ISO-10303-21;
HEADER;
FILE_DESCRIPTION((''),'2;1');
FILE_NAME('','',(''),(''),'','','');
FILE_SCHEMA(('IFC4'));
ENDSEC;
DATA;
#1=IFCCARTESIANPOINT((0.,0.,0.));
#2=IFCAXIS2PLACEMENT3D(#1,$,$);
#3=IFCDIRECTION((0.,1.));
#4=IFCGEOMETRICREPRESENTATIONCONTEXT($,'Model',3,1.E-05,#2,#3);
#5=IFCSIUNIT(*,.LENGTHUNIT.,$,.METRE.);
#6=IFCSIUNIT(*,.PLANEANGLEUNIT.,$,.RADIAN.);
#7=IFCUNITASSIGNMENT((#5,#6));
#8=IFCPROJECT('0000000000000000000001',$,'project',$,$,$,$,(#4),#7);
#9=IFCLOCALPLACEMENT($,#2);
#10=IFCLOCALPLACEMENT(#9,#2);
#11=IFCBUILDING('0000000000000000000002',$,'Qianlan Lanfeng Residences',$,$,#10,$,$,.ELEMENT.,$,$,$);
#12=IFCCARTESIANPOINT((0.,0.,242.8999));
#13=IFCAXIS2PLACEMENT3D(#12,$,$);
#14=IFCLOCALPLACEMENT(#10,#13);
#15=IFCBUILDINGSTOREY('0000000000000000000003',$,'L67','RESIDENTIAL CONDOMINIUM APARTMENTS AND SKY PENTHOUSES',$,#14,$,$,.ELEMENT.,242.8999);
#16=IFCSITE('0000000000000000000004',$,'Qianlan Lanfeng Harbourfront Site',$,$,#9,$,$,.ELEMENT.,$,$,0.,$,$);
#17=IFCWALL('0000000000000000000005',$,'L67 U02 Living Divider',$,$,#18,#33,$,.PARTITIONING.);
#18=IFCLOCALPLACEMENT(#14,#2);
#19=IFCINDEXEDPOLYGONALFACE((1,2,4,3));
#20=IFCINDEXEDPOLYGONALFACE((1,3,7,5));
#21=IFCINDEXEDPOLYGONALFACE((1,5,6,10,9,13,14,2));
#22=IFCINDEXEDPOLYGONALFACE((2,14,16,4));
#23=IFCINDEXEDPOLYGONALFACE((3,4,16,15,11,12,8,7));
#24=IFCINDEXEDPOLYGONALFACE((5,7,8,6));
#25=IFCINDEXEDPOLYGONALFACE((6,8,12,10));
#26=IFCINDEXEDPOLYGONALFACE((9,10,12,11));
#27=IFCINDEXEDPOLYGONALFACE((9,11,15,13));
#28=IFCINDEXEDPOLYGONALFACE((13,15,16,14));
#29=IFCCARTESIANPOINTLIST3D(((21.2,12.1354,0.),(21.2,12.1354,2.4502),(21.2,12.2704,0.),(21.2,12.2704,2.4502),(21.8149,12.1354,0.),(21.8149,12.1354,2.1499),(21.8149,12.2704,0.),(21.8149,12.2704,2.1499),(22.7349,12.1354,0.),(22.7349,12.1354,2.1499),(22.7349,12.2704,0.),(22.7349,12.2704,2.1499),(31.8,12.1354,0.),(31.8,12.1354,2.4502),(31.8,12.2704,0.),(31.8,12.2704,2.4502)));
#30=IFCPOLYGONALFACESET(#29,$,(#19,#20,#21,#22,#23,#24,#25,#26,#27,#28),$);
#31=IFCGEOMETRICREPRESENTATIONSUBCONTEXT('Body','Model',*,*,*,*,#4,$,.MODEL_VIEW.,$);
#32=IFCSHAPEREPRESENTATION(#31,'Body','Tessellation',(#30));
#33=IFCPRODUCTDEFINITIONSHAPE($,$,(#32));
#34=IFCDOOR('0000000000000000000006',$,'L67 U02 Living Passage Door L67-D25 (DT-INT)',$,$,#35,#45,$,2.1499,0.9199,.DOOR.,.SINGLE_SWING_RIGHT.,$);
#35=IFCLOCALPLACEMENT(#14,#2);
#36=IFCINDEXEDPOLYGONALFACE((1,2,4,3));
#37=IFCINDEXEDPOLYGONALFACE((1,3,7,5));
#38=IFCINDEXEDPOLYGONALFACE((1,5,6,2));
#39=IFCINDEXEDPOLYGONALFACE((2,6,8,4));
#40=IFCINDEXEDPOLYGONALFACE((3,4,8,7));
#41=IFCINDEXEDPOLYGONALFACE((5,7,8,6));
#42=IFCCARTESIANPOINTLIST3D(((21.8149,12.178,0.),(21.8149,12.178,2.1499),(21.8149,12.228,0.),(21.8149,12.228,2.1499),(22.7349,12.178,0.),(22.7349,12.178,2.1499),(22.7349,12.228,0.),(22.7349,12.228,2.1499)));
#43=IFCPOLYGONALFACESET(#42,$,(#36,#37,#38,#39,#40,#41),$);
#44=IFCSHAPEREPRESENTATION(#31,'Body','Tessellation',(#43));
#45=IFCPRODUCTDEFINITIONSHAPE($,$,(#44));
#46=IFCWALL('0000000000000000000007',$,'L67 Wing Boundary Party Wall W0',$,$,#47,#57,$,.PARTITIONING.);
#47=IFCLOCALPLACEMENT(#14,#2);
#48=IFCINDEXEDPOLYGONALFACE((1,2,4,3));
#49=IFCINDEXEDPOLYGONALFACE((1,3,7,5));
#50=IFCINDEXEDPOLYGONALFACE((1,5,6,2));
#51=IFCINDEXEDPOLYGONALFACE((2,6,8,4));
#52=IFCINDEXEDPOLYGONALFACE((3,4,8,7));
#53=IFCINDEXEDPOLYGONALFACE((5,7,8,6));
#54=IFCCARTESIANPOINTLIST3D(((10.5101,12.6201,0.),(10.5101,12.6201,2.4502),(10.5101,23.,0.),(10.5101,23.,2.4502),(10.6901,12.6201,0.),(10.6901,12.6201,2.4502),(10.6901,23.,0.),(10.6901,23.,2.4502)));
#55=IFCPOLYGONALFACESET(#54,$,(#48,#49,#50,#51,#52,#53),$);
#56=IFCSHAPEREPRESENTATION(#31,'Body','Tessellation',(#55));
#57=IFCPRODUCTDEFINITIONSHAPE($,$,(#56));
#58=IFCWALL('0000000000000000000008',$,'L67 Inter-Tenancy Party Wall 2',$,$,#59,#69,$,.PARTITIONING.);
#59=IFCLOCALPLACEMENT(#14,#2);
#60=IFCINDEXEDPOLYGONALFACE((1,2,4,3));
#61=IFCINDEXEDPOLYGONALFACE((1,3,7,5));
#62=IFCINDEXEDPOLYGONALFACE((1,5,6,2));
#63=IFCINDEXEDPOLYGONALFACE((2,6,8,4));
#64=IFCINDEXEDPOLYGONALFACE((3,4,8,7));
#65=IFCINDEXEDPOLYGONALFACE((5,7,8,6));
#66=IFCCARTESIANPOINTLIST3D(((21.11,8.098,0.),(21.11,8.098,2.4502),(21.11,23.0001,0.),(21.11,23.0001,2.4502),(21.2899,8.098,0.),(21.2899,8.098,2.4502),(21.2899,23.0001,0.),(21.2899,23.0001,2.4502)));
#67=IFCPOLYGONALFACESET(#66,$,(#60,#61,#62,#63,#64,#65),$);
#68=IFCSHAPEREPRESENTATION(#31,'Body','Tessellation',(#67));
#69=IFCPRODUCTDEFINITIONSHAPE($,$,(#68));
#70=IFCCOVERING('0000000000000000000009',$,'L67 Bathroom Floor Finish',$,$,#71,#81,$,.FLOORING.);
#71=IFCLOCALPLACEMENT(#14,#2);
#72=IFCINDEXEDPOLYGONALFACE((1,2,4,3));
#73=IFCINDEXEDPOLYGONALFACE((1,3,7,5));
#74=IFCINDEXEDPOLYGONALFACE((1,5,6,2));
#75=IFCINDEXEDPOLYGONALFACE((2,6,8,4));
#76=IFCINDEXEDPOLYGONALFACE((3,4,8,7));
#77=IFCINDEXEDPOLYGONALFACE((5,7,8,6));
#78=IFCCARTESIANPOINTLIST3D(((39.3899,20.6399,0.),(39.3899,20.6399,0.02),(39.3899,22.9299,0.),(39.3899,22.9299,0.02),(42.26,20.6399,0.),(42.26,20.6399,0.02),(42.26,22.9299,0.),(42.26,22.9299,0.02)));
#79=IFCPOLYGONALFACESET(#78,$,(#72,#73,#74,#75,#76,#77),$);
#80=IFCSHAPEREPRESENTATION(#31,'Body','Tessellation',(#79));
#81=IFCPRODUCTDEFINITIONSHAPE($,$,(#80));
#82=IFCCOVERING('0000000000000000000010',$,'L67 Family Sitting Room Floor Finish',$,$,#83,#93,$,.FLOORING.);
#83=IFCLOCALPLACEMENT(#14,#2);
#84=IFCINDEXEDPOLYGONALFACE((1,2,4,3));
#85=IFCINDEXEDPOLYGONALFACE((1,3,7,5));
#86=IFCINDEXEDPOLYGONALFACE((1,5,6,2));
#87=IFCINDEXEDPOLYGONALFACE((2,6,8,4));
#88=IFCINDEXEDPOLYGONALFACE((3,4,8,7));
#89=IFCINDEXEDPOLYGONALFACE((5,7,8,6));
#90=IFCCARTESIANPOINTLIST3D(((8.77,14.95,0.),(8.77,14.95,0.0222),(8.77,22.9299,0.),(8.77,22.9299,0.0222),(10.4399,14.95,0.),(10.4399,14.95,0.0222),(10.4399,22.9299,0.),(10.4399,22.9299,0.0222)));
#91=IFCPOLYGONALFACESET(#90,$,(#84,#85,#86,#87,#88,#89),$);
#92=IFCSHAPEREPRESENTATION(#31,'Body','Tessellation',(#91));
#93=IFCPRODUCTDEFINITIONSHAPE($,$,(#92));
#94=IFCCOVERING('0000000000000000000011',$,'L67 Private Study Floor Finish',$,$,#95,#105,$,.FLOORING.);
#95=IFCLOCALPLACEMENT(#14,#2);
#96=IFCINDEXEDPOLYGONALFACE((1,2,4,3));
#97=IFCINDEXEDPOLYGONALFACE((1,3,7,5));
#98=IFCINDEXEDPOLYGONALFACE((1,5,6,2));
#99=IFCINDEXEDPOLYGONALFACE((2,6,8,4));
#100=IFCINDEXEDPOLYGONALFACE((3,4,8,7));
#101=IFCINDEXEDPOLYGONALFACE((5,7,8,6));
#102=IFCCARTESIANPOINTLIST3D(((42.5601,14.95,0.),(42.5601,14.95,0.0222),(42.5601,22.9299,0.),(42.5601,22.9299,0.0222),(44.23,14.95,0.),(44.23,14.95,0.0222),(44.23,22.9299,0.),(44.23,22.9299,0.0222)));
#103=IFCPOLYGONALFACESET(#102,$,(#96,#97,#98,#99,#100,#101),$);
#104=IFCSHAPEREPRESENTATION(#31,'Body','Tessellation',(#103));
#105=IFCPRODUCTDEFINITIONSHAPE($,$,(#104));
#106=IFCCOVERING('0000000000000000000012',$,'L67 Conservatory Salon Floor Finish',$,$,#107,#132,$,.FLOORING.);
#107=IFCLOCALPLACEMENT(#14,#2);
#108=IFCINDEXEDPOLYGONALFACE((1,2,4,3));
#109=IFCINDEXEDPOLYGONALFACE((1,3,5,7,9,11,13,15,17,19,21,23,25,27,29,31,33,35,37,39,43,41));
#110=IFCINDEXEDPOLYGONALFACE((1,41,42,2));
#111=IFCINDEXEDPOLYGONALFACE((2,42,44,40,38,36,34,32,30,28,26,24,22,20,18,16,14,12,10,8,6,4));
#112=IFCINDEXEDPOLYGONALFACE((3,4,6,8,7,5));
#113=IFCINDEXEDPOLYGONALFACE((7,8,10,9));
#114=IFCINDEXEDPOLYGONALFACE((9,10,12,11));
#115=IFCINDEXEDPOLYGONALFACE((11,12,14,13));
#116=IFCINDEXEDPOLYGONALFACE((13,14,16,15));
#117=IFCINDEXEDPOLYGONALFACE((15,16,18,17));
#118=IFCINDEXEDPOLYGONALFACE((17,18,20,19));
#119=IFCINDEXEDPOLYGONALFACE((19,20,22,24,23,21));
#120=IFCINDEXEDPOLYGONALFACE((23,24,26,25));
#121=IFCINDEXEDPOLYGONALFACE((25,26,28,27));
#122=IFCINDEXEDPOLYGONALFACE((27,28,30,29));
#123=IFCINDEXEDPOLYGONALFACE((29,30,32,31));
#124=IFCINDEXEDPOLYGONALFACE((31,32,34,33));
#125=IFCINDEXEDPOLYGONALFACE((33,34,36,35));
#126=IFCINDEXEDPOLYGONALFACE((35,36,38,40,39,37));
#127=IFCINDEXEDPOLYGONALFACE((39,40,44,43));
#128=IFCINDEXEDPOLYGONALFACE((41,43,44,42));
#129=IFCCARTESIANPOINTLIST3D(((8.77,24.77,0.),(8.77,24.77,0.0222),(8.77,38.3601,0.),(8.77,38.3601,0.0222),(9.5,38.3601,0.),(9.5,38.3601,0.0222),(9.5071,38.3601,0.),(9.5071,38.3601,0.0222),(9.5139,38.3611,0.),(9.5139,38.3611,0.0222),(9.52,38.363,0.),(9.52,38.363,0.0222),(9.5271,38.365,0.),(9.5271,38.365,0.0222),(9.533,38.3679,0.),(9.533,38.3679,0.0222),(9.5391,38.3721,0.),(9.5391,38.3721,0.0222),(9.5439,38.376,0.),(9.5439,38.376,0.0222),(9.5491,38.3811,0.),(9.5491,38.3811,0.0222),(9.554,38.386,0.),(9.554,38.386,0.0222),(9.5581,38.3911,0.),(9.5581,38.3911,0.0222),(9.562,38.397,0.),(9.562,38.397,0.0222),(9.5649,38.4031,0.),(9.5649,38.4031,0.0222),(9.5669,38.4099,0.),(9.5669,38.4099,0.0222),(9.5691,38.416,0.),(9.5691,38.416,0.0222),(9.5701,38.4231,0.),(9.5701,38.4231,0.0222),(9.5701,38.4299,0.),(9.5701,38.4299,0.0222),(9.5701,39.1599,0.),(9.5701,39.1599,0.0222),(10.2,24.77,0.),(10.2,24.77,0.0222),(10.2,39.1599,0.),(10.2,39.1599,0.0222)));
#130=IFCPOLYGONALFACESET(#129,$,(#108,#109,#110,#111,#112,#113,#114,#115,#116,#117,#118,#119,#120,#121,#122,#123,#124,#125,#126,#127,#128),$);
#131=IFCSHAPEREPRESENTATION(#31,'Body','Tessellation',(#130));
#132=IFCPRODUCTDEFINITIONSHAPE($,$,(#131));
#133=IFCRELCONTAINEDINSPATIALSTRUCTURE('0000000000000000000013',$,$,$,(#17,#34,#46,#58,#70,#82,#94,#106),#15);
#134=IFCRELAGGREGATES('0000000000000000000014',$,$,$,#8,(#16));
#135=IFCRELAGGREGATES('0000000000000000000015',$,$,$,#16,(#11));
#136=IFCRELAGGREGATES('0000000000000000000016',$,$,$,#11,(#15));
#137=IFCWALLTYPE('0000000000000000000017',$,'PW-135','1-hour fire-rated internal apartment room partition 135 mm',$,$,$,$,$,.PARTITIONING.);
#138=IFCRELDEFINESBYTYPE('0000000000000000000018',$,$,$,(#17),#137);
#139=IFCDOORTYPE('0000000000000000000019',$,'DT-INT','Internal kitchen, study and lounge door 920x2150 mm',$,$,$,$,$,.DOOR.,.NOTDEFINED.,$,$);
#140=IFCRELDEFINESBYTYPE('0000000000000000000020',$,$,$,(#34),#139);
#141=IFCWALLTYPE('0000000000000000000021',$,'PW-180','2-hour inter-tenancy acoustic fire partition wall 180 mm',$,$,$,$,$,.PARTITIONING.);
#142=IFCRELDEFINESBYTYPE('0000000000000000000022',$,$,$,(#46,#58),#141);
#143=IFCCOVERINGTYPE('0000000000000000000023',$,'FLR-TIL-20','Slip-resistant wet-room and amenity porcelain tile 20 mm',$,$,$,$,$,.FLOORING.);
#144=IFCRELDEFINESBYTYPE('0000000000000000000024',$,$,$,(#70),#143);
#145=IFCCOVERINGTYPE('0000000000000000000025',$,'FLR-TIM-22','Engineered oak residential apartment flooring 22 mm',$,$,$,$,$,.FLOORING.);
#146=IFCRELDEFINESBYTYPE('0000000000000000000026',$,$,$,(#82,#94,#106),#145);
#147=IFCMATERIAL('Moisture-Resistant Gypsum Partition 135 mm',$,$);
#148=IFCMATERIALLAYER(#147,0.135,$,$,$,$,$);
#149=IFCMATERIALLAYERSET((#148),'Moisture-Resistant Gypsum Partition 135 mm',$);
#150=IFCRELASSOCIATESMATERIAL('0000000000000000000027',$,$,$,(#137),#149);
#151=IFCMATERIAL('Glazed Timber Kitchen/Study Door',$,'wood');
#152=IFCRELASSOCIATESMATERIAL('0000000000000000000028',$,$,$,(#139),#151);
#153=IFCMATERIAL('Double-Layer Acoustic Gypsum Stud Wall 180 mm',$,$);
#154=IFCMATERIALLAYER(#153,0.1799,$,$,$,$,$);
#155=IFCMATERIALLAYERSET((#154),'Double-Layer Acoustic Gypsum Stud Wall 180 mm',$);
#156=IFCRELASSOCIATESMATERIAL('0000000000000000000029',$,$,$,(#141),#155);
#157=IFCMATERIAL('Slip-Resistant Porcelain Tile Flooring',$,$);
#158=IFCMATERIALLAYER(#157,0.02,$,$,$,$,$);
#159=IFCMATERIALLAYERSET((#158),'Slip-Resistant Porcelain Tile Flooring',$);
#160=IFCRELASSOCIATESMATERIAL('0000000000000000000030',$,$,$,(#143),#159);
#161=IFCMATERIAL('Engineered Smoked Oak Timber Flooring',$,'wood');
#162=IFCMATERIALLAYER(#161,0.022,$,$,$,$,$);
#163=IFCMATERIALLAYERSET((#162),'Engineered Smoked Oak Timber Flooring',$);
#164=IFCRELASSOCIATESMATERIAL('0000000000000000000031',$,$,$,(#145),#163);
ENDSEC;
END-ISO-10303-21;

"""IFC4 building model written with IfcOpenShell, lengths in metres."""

from ifc_helpers import new_model, si_unit, direction, frame, frame_2d, origin, place, context, subcontext, project, spatial, polyline, rectangle, outline, extrude, material, layer, layer_set, type_object, element, fill, save


model = new_model("IFC4")

# Units and contexts
model_context = context("Model", 3, precision=1e-05, world=origin(), true_north=direction((0.0, 1.0)))
body_context = subcontext(model_context, "Body", "Model", "MODEL_VIEW")
ifc_project = project(units=[si_unit("LENGTHUNIT", "METRE"), si_unit("PLANEANGLEUNIT", "RADIAN")], contexts=[model_context])

# Site, building, storey
site_placement = place(None, origin())
site = spatial("IfcSite", under=ifc_project, at=site_placement, Name="Qianlan Lanfeng Harbourfront Site", CompositionType="ELEMENT", RefElevation=0.0)
building_placement = place(site_placement, origin())
building = spatial("IfcBuilding", under=site, at=building_placement, Name="Qianlan Lanfeng Residences", CompositionType="ELEMENT")
storey_placement = place(building_placement, frame((0.0, 0.0, 242.8999)))
storey = spatial("IfcBuildingStorey", under=building, at=storey_placement, Name="L67", Description="RESIDENTIAL CONDOMINIUM APARTMENTS AND SKY PENTHOUSES", CompositionType="ELEMENT", Elevation=242.8999)

# Shared definitions
ifc_material_1 = material(Name="Moisture-Resistant Gypsum Partition 135 mm")
ifc_layer_1 = layer(ifc_material_1, 0.135)
ifc_layer_set_1 = layer_set([ifc_layer_1], Name="Moisture-Resistant Gypsum Partition 135 mm")
wall_type_1 = type_object("IfcWallType", Name="PW-135", Description="1-hour fire-rated internal apartment room partition 135 mm", PredefinedType="PARTITIONING", material=ifc_layer_set_1)
ifc_material_2 = material(Name="Glazed Timber Kitchen/Study Door", Category="wood")
door_type_1 = type_object("IfcDoorType", Name="DT-INT", Description="Internal kitchen, study and lounge door 920x2150 mm", OperationType="NOTDEFINED", PredefinedType="DOOR", material=ifc_material_2)

# Wall, opening, door
wall_1_placement = place(storey_placement, frame((21.2, 12.2029, 0.0), z_axis=(0.0, 0.0, 1.0), x_axis=(1.0, 0.0, 0.0)))
wall_1 = element("IfcWall", 1, at=wall_1_placement, inside=storey, type_object=wall_type_1, Name="L67 U02 Living Divider", PredefinedType="PARTITIONING", context=body_context, shape_type="SweptSolid", body=[
    extrude(rectangle(XDim=10.6001, YDim=0.135, at=frame_2d((5.3, 0.0))), origin(), (0.0, 0.0, 1.0), 2.4502),
])
opening_1_placement = place(wall_1_placement, frame((0.615, 0.0, 0.0)))
opening_1 = element("IfcOpeningElement", 2, at=opening_1_placement, cuts=wall_1, PredefinedType="OPENING", context=body_context, shape_type="SweptSolid", body=[
    extrude(rectangle(XDim=0.9199, YDim=2.1499, at=frame_2d((0.46, 1.075))), frame((0.0, 0.0776, 0.0), z_axis=(0.0, -1.0, 0.0), x_axis=(1.0, 0.0, 0.0)), (0.0, 0.0, 1.0), 0.155),
])
door_1_placement = place(opening_1_placement, frame((0.9199, 0.0, 0.0), z_axis=(0.0, 0.0, 1.0), x_axis=(-1.0, 0.0, 0.0)))
door_1 = element("IfcDoor", 3, at=door_1_placement, inside=storey, type_object=door_type_1, Name="L67 U02 Living Passage Door L67-D25 (DT-INT)", OperationType="SINGLE_SWING_RIGHT", OverallHeight=2.1499, OverallWidth=0.9199, PredefinedType="DOOR", context=body_context, shape_type="SweptSolid", body=[
    extrude(rectangle(XDim=0.9199, YDim=2.1499, at=frame_2d((0.46, 1.075))), frame((0.0, 0.0249, 0.0), z_axis=(0.0, -1.0, 0.0), x_axis=(1.0, 0.0, 0.0)), (0.0, 0.0, 1.0), 0.05),
])
fill(opening_1, door_1)

# Walls
ifc_material_3 = material(Name="Double-Layer Acoustic Gypsum Stud Wall 180 mm")
ifc_layer_2 = layer(ifc_material_3, 0.1799)
ifc_layer_set_2 = layer_set([ifc_layer_2], Name="Double-Layer Acoustic Gypsum Stud Wall 180 mm")
wall_type_2 = type_object("IfcWallType", Name="PW-180", Description="2-hour inter-tenancy acoustic fire partition wall 180 mm", PredefinedType="PARTITIONING", material=ifc_layer_set_2)
wall_2_placement = place(storey_placement, frame((10.6001, 12.6201, 0.0), z_axis=(0.0, 0.0, 1.0), x_axis=(0.0, 1.0, 0.0)))
element("IfcWall", 4, at=wall_2_placement, inside=storey, type_object=wall_type_2, Name="L67 Wing Boundary Party Wall W0", PredefinedType="PARTITIONING", context=body_context, shape_type="SweptSolid", body=[
    extrude(rectangle(XDim=10.3799, YDim=0.1799, at=frame_2d((5.1899, 0.0))), origin(), (0.0, 0.0, 1.0), 2.4502),
])
wall_3_placement = place(storey_placement, frame((21.2, 8.0979, 0.0), z_axis=(0.0, 0.0, 1.0), x_axis=(0.0, 1.0, 0.0)))
element("IfcWall", 5, at=wall_3_placement, inside=storey, type_object=wall_type_2, Name="L67 Inter-Tenancy Party Wall 2", PredefinedType="PARTITIONING", context=body_context, shape_type="SweptSolid", body=[
    extrude(rectangle(XDim=14.9021, YDim=0.1799, at=frame_2d((7.4512, 0.0))), origin(), (0.0, 0.0, 1.0), 2.4502),
])

# Coverings
ifc_material_4 = material(Name="Slip-Resistant Porcelain Tile Flooring")
ifc_layer_3 = layer(ifc_material_4, 0.02)
ifc_layer_set_3 = layer_set([ifc_layer_3], Name="Slip-Resistant Porcelain Tile Flooring")
covering_type_1 = type_object("IfcCoveringType", Name="FLR-TIL-20", Description="Slip-resistant wet-room and amenity porcelain tile 20 mm", PredefinedType="FLOORING", material=ifc_layer_set_3)
covering_1_placement = place(storey_placement, origin())
element("IfcCovering", 6, at=covering_1_placement, inside=storey, type_object=covering_type_1, Name="L67 Bathroom Floor Finish", PredefinedType="FLOORING", context=body_context, shape_type="SweptSolid", body=[
    extrude(outline(polyline([(39.3899, 20.6399), (42.26, 20.6399), (42.26, 22.9299), (39.3899, 22.9299), (39.3899, 20.6399)])), origin(), (0.0, 0.0, 1.0), 0.02),
])
ifc_material_5 = material(Name="Engineered Smoked Oak Timber Flooring", Category="wood")
ifc_layer_4 = layer(ifc_material_5, 0.022)
ifc_layer_set_4 = layer_set([ifc_layer_4], Name="Engineered Smoked Oak Timber Flooring")
covering_type_2 = type_object("IfcCoveringType", Name="FLR-TIM-22", Description="Engineered oak residential apartment flooring 22 mm", PredefinedType="FLOORING", material=ifc_layer_set_4)
covering_2_placement = place(storey_placement, origin())
element("IfcCovering", 7, at=covering_2_placement, inside=storey, type_object=covering_type_2, Name="L67 Family Sitting Room Floor Finish", PredefinedType="FLOORING", context=body_context, shape_type="SweptSolid", body=[
    extrude(outline(polyline([(10.4399, 22.9299), (8.77, 22.9299), (8.77, 14.95), (10.4399, 14.95), (10.4399, 22.9299)])), origin(), (0.0, 0.0, 1.0), 0.0222),
])
covering_3_placement = place(storey_placement, origin())
element("IfcCovering", 8, at=covering_3_placement, inside=storey, type_object=covering_type_2, Name="L67 Private Study Floor Finish", PredefinedType="FLOORING", context=body_context, shape_type="SweptSolid", body=[
    extrude(outline(polyline([(44.23, 22.9299), (42.5601, 22.9299), (42.5601, 14.95), (44.23, 14.95), (44.23, 22.9299)])), origin(), (0.0, 0.0, 1.0), 0.0222),
])
covering_4_placement = place(storey_placement, origin())
element("IfcCovering", 9, at=covering_4_placement, inside=storey, type_object=covering_type_2, Name="L67 Conservatory Salon Floor Finish", PredefinedType="FLOORING", context=body_context, shape_type="SweptSolid", body=[
    extrude(outline(polyline([(10.2, 24.77), (10.2, 39.1599), (9.5701, 39.1599), (9.5701, 38.4299), (9.5701, 38.4231), (9.5691, 38.416), (9.5669, 38.4099), (9.5649, 38.4031), (9.562, 38.397), (9.5581, 38.3911), (9.554, 38.386), (9.5491, 38.3811), (9.5439, 38.376), (9.5391, 38.3721), (9.533, 38.3679), (9.5271, 38.365), (9.52, 38.363), (9.5139, 38.3611), (9.5071, 38.3601), (9.5, 38.3601), (8.77, 38.3601), (8.77, 24.77), (10.2, 24.77)])), origin(), (0.0, 0.0, 1.0), 0.0222),
])

save(model, "model.ifc")
